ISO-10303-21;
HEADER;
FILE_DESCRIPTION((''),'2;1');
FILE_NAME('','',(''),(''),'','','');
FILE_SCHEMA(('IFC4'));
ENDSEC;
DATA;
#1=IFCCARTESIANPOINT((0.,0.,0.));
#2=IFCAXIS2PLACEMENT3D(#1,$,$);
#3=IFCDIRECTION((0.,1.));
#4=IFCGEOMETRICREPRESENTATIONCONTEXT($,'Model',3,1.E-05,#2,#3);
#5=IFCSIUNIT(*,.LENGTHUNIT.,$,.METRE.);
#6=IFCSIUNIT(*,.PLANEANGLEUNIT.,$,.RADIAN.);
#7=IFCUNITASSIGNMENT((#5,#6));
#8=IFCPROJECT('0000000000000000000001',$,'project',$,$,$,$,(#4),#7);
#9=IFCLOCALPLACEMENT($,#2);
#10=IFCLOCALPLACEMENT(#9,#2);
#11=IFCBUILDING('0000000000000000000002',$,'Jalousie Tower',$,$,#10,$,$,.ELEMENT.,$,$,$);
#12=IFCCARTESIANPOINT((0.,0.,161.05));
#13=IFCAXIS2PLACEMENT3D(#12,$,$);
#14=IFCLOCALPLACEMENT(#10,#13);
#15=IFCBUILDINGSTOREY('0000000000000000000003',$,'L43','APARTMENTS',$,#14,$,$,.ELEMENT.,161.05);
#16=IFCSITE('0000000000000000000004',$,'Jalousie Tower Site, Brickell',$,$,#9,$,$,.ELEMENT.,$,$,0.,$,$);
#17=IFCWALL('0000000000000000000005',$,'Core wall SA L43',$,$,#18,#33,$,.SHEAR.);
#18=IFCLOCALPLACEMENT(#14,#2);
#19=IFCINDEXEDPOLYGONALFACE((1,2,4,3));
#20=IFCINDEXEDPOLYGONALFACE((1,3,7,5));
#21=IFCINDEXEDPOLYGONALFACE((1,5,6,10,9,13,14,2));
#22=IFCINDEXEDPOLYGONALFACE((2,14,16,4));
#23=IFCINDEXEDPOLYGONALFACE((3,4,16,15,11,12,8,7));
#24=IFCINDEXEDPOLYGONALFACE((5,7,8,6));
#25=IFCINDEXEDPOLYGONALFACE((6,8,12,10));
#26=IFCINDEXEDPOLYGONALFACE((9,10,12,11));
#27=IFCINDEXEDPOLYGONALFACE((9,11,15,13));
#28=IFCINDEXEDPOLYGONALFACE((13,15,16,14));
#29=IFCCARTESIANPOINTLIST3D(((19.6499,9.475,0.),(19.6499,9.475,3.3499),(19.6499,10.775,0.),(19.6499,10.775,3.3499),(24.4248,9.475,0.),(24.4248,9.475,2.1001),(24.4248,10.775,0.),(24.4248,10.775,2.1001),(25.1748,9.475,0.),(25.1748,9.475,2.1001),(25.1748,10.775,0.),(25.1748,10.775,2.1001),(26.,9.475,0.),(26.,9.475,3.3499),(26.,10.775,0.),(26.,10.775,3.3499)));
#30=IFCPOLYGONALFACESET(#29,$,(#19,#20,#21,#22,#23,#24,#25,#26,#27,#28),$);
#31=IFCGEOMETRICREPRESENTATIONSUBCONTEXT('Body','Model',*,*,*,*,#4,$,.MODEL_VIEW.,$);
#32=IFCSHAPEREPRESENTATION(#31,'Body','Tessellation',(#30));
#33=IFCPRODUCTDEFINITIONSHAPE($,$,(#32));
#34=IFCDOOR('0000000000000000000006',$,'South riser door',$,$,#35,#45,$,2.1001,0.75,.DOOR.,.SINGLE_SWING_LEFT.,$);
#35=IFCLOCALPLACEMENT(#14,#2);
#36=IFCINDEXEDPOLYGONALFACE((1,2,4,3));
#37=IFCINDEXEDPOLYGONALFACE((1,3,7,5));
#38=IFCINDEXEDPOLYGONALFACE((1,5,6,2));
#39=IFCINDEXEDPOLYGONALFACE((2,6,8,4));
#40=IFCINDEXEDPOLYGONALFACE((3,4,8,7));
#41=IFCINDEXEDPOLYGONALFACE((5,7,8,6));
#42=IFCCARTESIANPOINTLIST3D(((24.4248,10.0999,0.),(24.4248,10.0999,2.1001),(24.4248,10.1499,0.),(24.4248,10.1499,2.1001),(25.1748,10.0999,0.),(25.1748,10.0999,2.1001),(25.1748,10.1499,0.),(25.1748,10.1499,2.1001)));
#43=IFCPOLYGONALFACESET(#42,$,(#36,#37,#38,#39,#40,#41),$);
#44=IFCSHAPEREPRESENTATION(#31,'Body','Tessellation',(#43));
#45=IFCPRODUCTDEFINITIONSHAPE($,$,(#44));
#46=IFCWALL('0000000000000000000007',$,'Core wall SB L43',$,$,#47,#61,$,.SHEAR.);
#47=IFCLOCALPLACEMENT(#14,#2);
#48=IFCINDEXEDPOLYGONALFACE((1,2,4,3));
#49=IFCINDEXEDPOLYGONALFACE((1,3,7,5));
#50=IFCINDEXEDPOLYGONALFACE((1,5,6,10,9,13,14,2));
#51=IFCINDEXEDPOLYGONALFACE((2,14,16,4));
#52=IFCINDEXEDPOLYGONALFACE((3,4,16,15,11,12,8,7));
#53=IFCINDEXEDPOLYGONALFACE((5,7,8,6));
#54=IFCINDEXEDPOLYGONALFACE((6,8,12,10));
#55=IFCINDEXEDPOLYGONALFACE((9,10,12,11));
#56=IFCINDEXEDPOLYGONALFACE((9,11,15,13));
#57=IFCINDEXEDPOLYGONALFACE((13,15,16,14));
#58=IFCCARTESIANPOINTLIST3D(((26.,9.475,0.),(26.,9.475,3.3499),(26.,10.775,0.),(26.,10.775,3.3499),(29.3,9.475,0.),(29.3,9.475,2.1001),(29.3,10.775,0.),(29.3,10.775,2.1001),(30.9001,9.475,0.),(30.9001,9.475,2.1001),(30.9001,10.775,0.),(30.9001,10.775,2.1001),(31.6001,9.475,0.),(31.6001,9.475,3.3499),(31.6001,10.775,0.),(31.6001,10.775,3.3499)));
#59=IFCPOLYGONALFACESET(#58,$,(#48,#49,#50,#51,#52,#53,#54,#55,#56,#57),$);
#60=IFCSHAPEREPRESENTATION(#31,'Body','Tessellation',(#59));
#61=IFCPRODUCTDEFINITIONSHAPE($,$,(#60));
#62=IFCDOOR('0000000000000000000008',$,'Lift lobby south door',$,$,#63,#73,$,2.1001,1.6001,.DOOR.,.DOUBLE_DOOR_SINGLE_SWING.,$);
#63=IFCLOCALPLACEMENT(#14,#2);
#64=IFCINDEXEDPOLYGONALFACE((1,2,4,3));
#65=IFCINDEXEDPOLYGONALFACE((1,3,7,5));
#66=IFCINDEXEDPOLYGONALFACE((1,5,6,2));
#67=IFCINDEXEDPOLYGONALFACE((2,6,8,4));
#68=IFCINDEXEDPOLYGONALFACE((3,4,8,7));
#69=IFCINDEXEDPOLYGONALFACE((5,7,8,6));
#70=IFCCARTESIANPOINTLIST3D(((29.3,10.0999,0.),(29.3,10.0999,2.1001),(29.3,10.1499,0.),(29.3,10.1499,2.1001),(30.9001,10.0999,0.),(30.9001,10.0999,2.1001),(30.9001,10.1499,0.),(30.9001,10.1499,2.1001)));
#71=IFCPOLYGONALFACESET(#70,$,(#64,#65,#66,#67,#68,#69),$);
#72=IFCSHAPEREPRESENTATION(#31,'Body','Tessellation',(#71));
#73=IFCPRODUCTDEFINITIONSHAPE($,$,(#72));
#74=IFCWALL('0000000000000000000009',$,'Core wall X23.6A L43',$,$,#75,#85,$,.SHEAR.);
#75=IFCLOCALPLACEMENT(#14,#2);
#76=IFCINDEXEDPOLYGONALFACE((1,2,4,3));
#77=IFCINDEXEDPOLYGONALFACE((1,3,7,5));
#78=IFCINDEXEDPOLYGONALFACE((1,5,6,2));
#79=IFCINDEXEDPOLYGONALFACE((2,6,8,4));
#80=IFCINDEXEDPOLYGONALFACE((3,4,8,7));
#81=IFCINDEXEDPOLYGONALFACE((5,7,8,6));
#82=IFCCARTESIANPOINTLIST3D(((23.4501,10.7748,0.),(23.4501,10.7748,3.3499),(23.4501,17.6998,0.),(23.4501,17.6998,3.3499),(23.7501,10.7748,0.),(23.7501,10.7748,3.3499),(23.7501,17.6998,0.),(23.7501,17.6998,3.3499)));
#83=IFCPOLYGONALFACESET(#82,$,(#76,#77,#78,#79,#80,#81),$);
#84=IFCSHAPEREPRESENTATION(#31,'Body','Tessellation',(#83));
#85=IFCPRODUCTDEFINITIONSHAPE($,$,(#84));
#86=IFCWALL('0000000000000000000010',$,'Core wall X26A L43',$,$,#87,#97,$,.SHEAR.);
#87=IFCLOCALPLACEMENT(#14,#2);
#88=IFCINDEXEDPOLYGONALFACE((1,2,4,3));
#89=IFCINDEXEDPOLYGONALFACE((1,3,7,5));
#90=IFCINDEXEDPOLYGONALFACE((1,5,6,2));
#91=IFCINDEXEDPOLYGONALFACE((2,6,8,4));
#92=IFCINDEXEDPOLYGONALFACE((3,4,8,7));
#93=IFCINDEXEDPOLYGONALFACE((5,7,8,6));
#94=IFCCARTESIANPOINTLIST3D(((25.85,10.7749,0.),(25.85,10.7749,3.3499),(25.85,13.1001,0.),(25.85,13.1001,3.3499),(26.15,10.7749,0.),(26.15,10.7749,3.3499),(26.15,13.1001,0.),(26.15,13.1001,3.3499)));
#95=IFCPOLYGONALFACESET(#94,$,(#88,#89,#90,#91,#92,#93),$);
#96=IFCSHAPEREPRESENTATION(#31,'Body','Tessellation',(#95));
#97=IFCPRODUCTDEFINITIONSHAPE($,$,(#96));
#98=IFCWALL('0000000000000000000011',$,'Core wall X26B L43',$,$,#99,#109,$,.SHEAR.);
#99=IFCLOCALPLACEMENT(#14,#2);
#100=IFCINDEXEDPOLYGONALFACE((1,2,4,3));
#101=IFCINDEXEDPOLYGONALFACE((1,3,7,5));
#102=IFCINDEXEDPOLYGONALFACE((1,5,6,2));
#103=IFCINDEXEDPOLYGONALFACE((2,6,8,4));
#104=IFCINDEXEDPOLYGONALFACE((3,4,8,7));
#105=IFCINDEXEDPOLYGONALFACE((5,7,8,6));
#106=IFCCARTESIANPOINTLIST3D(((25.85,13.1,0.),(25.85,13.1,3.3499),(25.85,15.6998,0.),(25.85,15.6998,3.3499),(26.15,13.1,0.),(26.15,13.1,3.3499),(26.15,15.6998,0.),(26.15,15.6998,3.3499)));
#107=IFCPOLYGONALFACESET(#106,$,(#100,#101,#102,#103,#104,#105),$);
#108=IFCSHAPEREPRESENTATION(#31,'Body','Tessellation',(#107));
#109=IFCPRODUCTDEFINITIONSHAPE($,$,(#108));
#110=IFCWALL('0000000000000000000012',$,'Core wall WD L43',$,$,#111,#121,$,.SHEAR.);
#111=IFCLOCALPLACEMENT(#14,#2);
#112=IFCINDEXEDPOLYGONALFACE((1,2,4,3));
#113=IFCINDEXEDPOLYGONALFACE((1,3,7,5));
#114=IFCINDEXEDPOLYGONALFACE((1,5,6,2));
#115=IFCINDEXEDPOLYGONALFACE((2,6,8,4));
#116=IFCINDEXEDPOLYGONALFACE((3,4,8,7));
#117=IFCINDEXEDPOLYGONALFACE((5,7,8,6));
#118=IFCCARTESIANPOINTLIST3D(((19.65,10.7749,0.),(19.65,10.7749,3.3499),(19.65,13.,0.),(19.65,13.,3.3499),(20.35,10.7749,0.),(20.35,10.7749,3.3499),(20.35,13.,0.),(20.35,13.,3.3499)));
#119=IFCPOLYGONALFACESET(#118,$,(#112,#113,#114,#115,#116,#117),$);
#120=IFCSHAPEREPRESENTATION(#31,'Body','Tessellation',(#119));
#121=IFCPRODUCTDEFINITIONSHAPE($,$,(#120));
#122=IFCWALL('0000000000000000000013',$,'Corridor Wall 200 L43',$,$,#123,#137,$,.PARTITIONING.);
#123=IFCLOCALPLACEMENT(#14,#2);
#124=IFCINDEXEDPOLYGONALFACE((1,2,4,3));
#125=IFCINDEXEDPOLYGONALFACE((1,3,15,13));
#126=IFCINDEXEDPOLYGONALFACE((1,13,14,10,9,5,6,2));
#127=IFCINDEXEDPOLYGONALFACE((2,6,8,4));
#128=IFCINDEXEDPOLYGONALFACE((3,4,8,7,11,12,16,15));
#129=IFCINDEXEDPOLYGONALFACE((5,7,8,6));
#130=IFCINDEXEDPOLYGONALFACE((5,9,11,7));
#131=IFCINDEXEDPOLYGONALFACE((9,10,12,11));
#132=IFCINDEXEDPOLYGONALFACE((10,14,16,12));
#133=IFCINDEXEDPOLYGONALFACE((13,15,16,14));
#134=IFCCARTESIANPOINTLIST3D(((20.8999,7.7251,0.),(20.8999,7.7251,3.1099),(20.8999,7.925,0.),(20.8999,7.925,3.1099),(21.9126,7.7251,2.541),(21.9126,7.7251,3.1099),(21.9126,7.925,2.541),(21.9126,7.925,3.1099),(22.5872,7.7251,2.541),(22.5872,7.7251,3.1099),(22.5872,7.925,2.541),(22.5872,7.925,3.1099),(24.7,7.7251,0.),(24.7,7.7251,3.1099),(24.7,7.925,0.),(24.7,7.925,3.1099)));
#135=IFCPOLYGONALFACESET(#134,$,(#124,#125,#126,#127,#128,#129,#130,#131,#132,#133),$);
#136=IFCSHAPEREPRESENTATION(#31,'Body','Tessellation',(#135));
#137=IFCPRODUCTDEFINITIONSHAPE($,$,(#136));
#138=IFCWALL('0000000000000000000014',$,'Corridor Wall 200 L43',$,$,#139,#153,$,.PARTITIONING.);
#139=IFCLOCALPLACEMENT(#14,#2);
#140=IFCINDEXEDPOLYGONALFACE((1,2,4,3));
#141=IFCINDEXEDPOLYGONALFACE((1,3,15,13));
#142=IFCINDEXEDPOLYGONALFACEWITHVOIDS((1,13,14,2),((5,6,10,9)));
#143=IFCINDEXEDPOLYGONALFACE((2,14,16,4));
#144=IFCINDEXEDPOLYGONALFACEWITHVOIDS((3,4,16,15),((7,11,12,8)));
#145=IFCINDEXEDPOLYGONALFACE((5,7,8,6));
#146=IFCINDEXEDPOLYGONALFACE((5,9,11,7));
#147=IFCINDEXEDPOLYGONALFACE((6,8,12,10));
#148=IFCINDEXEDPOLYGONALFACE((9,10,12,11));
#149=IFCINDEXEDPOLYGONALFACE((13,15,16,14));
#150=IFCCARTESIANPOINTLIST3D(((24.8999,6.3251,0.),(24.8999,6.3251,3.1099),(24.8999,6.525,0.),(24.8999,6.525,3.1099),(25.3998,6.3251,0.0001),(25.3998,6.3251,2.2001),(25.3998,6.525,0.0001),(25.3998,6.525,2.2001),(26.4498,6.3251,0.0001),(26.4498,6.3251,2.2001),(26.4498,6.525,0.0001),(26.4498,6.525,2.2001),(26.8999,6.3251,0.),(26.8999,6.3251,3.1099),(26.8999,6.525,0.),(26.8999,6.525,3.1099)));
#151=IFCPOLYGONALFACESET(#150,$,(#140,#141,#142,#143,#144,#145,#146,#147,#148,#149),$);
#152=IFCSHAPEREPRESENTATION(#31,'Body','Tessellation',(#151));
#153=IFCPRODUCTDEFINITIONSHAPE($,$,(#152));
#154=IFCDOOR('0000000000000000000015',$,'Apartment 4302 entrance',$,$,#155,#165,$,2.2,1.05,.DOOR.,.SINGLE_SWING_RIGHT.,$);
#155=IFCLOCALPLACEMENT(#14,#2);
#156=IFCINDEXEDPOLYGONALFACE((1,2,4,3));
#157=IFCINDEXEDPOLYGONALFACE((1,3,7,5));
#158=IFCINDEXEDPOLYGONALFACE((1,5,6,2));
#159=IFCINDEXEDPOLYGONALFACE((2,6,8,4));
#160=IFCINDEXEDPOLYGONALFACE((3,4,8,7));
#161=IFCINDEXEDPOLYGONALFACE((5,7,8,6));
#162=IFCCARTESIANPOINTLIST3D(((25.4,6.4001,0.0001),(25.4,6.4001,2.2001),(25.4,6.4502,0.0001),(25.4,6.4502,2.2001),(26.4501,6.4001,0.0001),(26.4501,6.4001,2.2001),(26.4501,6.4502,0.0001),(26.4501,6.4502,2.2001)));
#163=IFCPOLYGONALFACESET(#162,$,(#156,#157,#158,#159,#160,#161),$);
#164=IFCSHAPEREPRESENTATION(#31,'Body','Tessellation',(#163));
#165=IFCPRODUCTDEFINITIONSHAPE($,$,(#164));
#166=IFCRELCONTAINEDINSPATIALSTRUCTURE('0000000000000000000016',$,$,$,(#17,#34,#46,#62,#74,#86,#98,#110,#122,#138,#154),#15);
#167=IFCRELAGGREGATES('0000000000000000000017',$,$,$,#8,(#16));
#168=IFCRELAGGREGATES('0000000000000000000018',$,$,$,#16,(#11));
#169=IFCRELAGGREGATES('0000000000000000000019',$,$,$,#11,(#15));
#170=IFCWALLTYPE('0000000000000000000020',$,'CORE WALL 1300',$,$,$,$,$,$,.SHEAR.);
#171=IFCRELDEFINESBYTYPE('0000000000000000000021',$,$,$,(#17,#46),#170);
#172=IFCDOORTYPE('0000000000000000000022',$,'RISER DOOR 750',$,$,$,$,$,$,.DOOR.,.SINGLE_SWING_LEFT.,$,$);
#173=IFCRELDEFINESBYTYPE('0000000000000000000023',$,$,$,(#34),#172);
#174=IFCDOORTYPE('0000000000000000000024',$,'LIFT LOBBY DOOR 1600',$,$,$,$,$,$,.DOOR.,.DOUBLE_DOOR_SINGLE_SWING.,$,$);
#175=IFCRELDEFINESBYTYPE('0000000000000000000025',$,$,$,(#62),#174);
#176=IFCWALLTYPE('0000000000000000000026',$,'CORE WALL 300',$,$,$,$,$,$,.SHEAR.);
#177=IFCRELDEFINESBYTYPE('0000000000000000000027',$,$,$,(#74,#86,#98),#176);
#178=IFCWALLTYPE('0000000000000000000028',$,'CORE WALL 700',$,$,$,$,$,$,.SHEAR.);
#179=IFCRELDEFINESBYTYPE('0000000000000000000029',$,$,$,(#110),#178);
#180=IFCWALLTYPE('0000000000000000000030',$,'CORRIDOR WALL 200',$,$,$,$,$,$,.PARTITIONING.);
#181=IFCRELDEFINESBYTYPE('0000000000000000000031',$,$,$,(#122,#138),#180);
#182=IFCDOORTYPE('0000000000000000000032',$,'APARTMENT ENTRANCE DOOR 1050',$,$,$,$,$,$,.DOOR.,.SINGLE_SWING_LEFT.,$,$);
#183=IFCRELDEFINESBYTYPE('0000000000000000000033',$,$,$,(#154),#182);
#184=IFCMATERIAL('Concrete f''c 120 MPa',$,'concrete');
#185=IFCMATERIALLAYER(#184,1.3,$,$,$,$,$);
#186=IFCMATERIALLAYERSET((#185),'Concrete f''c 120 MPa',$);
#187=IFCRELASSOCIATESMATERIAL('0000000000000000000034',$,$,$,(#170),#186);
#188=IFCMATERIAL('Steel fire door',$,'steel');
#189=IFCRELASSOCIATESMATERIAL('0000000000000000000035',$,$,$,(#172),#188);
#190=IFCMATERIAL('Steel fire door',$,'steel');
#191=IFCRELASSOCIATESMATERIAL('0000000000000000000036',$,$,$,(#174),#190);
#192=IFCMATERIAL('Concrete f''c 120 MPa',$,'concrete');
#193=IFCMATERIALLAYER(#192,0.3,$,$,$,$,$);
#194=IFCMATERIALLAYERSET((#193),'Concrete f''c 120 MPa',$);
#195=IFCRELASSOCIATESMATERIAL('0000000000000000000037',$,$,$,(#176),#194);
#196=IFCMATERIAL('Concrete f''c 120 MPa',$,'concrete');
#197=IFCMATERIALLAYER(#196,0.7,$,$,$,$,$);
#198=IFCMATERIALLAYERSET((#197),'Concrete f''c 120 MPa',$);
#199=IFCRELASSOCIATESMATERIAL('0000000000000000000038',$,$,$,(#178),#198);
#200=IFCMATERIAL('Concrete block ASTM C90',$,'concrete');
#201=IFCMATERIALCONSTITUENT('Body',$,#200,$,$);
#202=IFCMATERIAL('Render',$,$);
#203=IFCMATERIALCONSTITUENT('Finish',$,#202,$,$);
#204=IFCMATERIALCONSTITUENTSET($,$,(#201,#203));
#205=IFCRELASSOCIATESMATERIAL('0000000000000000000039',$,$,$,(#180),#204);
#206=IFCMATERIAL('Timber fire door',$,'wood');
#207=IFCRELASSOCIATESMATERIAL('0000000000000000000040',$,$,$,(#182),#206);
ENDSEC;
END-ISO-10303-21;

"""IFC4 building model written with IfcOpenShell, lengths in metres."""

from ifc_helpers import new_model, si_unit, direction, frame, frame_2d, origin, place, context, subcontext, project, spatial, polyline, rectangle, outline, extrude, material, layer, layer_set, constituent, constituent_set, type_object, element, fill, save


model = new_model("IFC4")

# Units and contexts
model_context = context("Model", 3, precision=1e-05, world=origin(), true_north=direction((0.0, 1.0)))
body_context = subcontext(model_context, "Body", "Model", "MODEL_VIEW")
ifc_project = project(units=[si_unit("LENGTHUNIT", "METRE"), si_unit("PLANEANGLEUNIT", "RADIAN")], contexts=[model_context])

# Site, building, storey
site_placement = place(None, origin())
site = spatial("IfcSite", under=ifc_project, at=site_placement, Name="Jalousie Tower Site, Brickell", CompositionType="ELEMENT", RefElevation=0.0)
building_placement = place(site_placement, origin())
building = spatial("IfcBuilding", under=site, at=building_placement, Name="Jalousie Tower", CompositionType="ELEMENT")
storey_placement = place(building_placement, frame((0.0, 0.0, 161.05)))
storey = spatial("IfcBuildingStorey", under=building, at=storey_placement, Name="L43", Description="APARTMENTS", CompositionType="ELEMENT", Elevation=161.05)

# Walls, openings, doors
ifc_material_1 = material(Name="Concrete f'c 120 MPa", Category="concrete")
ifc_layer_1 = layer(ifc_material_1, 1.3)
ifc_layer_set_1 = layer_set([ifc_layer_1], Name="Concrete f'c 120 MPa")
wall_type_1 = type_object("IfcWallType", Name="CORE WALL 1300", PredefinedType="SHEAR", material=ifc_layer_set_1)
wall_1_placement = place(storey_placement, frame((19.6499, 10.125, 0.0), z_axis=(0.0, 0.0, 1.0), x_axis=(1.0, 0.0, 0.0)))
wall_1 = element("IfcWall", 1, at=wall_1_placement, inside=storey, type_object=wall_type_1, Name="Core wall SA L43", PredefinedType="SHEAR", context=body_context, shape_type="SweptSolid", body=[
    extrude(rectangle(XDim=6.3501, YDim=1.3, at=frame_2d((3.175, 0.0))), origin(), (0.0, 0.0, 1.0), 3.3499),
])
opening_1_placement = place(wall_1_placement, frame((4.7749, 0.0, 0.0)))
opening_1 = element("IfcOpeningElement", 2, at=opening_1_placement, cuts=wall_1, PredefinedType="OPENING", context=body_context, shape_type="SweptSolid", body=[
    extrude(rectangle(XDim=0.75, YDim=2.1001, at=frame_2d((0.375, 1.05))), frame((0.0, 0.6599, 0.0), z_axis=(0.0, -1.0, 0.0), x_axis=(1.0, 0.0, 0.0)), (0.0, 0.0, 1.0), 1.3201),
])
ifc_material_2 = material(Name="Steel fire door", Category="steel")
door_type_1 = type_object("IfcDoorType", Name="RISER DOOR 750", OperationType="SINGLE_SWING_LEFT", PredefinedType="DOOR", material=ifc_material_2)
door_1_placement = place(opening_1_placement, origin())
door_1 = element("IfcDoor", 3, at=door_1_placement, inside=storey, type_object=door_type_1, Name="South riser door", OperationType="SINGLE_SWING_LEFT", OverallHeight=2.1001, OverallWidth=0.75, PredefinedType="DOOR", context=body_context, shape_type="SweptSolid", body=[
    extrude(rectangle(XDim=0.75, YDim=2.1001, at=frame_2d((0.375, 1.05))), frame((0.0, 0.0249, 0.0), z_axis=(0.0, -1.0, 0.0), x_axis=(1.0, 0.0, 0.0)), (0.0, 0.0, 1.0), 0.05),
])
fill(opening_1, door_1)
wall_2_placement = place(storey_placement, frame((26.0, 10.125, 0.0), z_axis=(0.0, 0.0, 1.0), x_axis=(1.0, 0.0, 0.0)))
wall_2 = element("IfcWall", 4, at=wall_2_placement, inside=storey, type_object=wall_type_1, Name="Core wall SB L43", PredefinedType="SHEAR", context=body_context, shape_type="SweptSolid", body=[
    extrude(rectangle(XDim=5.6001, YDim=1.3, at=frame_2d((2.8, 0.0))), origin(), (0.0, 0.0, 1.0), 3.3499),
])
opening_2_placement = place(wall_2_placement, frame((3.3, 0.0, 0.0)))
opening_2 = element("IfcOpeningElement", 5, at=opening_2_placement, cuts=wall_2, PredefinedType="OPENING", context=body_context, shape_type="SweptSolid", body=[
    extrude(rectangle(XDim=1.6001, YDim=2.1001, at=frame_2d((0.8, 1.05))), frame((0.0, 0.6599, 0.0), z_axis=(0.0, -1.0, 0.0), x_axis=(1.0, 0.0, 0.0)), (0.0, 0.0, 1.0), 1.3201),
])
ifc_material_3 = material(Name="Steel fire door", Category="steel")
door_type_2 = type_object("IfcDoorType", Name="LIFT LOBBY DOOR 1600", OperationType="DOUBLE_DOOR_SINGLE_SWING", PredefinedType="DOOR", material=ifc_material_3)
door_2_placement = place(opening_2_placement, origin())
door_2 = element("IfcDoor", 6, at=door_2_placement, inside=storey, type_object=door_type_2, Name="Lift lobby south door", OperationType="DOUBLE_DOOR_SINGLE_SWING", OverallHeight=2.1001, OverallWidth=1.6001, PredefinedType="DOOR", context=body_context, shape_type="SweptSolid", body=[
    extrude(rectangle(XDim=1.6001, YDim=2.1001, at=frame_2d((0.8, 1.05))), frame((0.0, 0.0249, 0.0), z_axis=(0.0, -1.0, 0.0), x_axis=(1.0, 0.0, 0.0)), (0.0, 0.0, 1.0), 0.05),
])
fill(opening_2, door_2)

# Walls
ifc_material_4 = material(Name="Concrete f'c 120 MPa", Category="concrete")
ifc_layer_2 = layer(ifc_material_4, 0.3)
ifc_layer_set_2 = layer_set([ifc_layer_2], Name="Concrete f'c 120 MPa")
wall_type_2 = type_object("IfcWallType", Name="CORE WALL 300", PredefinedType="SHEAR", material=ifc_layer_set_2)
wall_3_placement = place(storey_placement, frame((23.6001, 10.7749, 0.0), z_axis=(0.0, 0.0, 1.0), x_axis=(0.0, 1.0, 0.0)))
element("IfcWall", 7, at=wall_3_placement, inside=storey, type_object=wall_type_2, Name="Core wall X23.6A L43", PredefinedType="SHEAR", context=body_context, shape_type="SweptSolid", body=[
    extrude(rectangle(XDim=6.925, YDim=0.3, at=frame_2d((3.4624, 0.0))), origin(), (0.0, 0.0, 1.0), 3.3499),
])
wall_4_placement = place(storey_placement, frame((26.0, 10.7749, 0.0), z_axis=(0.0, 0.0, 1.0), x_axis=(0.0, 1.0, 0.0)))
element("IfcWall", 8, at=wall_4_placement, inside=storey, type_object=wall_type_2, Name="Core wall X26A L43", PredefinedType="SHEAR", context=body_context, shape_type="SweptSolid", body=[
    extrude(rectangle(XDim=2.3252, YDim=0.3, at=frame_2d((1.1626, 0.0))), origin(), (0.0, 0.0, 1.0), 3.3499),
])
wall_5_placement = place(storey_placement, frame((26.0, 13.1001, 0.0), z_axis=(0.0, 0.0, 1.0), x_axis=(0.0, 1.0, 0.0)))
element("IfcWall", 9, at=wall_5_placement, inside=storey, type_object=wall_type_2, Name="Core wall X26B L43", PredefinedType="SHEAR", context=body_context, shape_type="SweptSolid", body=[
    extrude(rectangle(XDim=2.5999, YDim=0.3, at=frame_2d((1.2998, 0.0))), origin(), (0.0, 0.0, 1.0), 3.3499),
])
ifc_material_5 = material(Name="Concrete f'c 120 MPa", Category="concrete")
ifc_layer_3 = layer(ifc_material_5, 0.7)
ifc_layer_set_3 = layer_set([ifc_layer_3], Name="Concrete f'c 120 MPa")
wall_type_3 = type_object("IfcWallType", Name="CORE WALL 700", PredefinedType="SHEAR", material=ifc_layer_set_3)
wall_6_placement = place(storey_placement, frame((20.0, 13.0, 0.0), z_axis=(0.0, 0.0, 1.0), x_axis=(0.0, -1.0, 0.0)))
element("IfcWall", 10, at=wall_6_placement, inside=storey, type_object=wall_type_3, Name="Core wall WD L43", PredefinedType="SHEAR", context=body_context, shape_type="SweptSolid", body=[
    extrude(rectangle(XDim=2.2251, YDim=0.7, at=frame_2d((1.1125, 0.0))), origin(), (0.0, 0.0, 1.0), 3.3499),
])
ifc_material_6 = material(Name="Concrete block ASTM C90", Category="concrete")
ifc_constituent_1 = constituent(ifc_material_6, Name="Body")
ifc_material_7 = material(Name="Render")
ifc_constituent_2 = constituent(ifc_material_7, Name="Finish")
ifc_constituent_set_1 = constituent_set(constituents=[ifc_constituent_1, ifc_constituent_2])
wall_type_4 = type_object("IfcWallType", Name="CORRIDOR WALL 200", PredefinedType="PARTITIONING", material=ifc_constituent_set_1)
wall_7_placement = place(storey_placement, frame((20.8999, 7.825, 0.0), z_axis=(0.0, 0.0, 1.0), x_axis=(1.0, 0.0, 0.0)))
element("IfcWall", 11, at=wall_7_placement, inside=storey, type_object=wall_type_4, Name="Corridor Wall 200 L43", PredefinedType="PARTITIONING", context=body_context, shape_type="SweptSolid", body=[
    extrude(outline(polyline([(0.0, 0.0), (3.8, 0.0), (3.8, 3.1099), (1.6873, 3.1099), (1.6873, 2.541), (1.0127, 2.541), (1.0127, 3.1099), (0.0, 3.1099), (0.0, 0.0)])), frame((0.0, 0.1001, 0.0), z_axis=(0.0, -1.0, 0.0), x_axis=(1.0, 0.0, 0.0)), (0.0, 0.0, 1.0), 0.2),
])

# Wall, opening, door
wall_8_placement = place(storey_placement, frame((24.8999, 6.425, 0.0), z_axis=(0.0, 0.0, 1.0), x_axis=(1.0, 0.0, 0.0)))
wall_8 = element("IfcWall", 12, at=wall_8_placement, inside=storey, type_object=wall_type_4, Name="Corridor Wall 200 L43", PredefinedType="PARTITIONING", context=body_context, shape_type="SweptSolid", body=[
    extrude(rectangle(XDim=2.0, YDim=0.2, at=frame_2d((1.0, 0.0))), origin(), (0.0, 0.0, 1.0), 3.1099),
])
opening_3_placement = place(wall_8_placement, frame((0.5, 0.0, 0.0)))
opening_3 = element("IfcOpeningElement", 13, at=opening_3_placement, cuts=wall_8, PredefinedType="OPENING", context=body_context, shape_type="SweptSolid", body=[
    extrude(rectangle(XDim=1.05, YDim=2.2, at=frame_2d((0.5249, 1.1001))), frame((0.0, 0.1099, 0.0), z_axis=(0.0, -1.0, 0.0), x_axis=(1.0, 0.0, 0.0)), (0.0, 0.0, 1.0), 0.22),
])
ifc_material_8 = material(Name="Timber fire door", Category="wood")
door_type_3 = type_object("IfcDoorType", Name="APARTMENT ENTRANCE DOOR 1050", OperationType="SINGLE_SWING_LEFT", PredefinedType="DOOR", material=ifc_material_8)
door_3_placement = place(opening_3_placement, frame((1.05, 0.0, 0.0), z_axis=(0.0, 0.0, 1.0), x_axis=(-1.0, 0.0, 0.0)))
door_3 = element("IfcDoor", 14, at=door_3_placement, inside=storey, type_object=door_type_3, Name="Apartment 4302 entrance", OperationType="SINGLE_SWING_RIGHT", OverallHeight=2.2, OverallWidth=1.05, PredefinedType="DOOR", context=body_context, shape_type="SweptSolid", body=[
    extrude(rectangle(XDim=1.05, YDim=2.2, at=frame_2d((0.5249, 1.1001))), frame((0.0, 0.0249, 0.0), z_axis=(0.0, -1.0, 0.0), x_axis=(1.0, 0.0, 0.0)), (0.0, 0.0, 1.0), 0.05),
])
fill(opening_3, door_3)

save(model, "model.ifc")
